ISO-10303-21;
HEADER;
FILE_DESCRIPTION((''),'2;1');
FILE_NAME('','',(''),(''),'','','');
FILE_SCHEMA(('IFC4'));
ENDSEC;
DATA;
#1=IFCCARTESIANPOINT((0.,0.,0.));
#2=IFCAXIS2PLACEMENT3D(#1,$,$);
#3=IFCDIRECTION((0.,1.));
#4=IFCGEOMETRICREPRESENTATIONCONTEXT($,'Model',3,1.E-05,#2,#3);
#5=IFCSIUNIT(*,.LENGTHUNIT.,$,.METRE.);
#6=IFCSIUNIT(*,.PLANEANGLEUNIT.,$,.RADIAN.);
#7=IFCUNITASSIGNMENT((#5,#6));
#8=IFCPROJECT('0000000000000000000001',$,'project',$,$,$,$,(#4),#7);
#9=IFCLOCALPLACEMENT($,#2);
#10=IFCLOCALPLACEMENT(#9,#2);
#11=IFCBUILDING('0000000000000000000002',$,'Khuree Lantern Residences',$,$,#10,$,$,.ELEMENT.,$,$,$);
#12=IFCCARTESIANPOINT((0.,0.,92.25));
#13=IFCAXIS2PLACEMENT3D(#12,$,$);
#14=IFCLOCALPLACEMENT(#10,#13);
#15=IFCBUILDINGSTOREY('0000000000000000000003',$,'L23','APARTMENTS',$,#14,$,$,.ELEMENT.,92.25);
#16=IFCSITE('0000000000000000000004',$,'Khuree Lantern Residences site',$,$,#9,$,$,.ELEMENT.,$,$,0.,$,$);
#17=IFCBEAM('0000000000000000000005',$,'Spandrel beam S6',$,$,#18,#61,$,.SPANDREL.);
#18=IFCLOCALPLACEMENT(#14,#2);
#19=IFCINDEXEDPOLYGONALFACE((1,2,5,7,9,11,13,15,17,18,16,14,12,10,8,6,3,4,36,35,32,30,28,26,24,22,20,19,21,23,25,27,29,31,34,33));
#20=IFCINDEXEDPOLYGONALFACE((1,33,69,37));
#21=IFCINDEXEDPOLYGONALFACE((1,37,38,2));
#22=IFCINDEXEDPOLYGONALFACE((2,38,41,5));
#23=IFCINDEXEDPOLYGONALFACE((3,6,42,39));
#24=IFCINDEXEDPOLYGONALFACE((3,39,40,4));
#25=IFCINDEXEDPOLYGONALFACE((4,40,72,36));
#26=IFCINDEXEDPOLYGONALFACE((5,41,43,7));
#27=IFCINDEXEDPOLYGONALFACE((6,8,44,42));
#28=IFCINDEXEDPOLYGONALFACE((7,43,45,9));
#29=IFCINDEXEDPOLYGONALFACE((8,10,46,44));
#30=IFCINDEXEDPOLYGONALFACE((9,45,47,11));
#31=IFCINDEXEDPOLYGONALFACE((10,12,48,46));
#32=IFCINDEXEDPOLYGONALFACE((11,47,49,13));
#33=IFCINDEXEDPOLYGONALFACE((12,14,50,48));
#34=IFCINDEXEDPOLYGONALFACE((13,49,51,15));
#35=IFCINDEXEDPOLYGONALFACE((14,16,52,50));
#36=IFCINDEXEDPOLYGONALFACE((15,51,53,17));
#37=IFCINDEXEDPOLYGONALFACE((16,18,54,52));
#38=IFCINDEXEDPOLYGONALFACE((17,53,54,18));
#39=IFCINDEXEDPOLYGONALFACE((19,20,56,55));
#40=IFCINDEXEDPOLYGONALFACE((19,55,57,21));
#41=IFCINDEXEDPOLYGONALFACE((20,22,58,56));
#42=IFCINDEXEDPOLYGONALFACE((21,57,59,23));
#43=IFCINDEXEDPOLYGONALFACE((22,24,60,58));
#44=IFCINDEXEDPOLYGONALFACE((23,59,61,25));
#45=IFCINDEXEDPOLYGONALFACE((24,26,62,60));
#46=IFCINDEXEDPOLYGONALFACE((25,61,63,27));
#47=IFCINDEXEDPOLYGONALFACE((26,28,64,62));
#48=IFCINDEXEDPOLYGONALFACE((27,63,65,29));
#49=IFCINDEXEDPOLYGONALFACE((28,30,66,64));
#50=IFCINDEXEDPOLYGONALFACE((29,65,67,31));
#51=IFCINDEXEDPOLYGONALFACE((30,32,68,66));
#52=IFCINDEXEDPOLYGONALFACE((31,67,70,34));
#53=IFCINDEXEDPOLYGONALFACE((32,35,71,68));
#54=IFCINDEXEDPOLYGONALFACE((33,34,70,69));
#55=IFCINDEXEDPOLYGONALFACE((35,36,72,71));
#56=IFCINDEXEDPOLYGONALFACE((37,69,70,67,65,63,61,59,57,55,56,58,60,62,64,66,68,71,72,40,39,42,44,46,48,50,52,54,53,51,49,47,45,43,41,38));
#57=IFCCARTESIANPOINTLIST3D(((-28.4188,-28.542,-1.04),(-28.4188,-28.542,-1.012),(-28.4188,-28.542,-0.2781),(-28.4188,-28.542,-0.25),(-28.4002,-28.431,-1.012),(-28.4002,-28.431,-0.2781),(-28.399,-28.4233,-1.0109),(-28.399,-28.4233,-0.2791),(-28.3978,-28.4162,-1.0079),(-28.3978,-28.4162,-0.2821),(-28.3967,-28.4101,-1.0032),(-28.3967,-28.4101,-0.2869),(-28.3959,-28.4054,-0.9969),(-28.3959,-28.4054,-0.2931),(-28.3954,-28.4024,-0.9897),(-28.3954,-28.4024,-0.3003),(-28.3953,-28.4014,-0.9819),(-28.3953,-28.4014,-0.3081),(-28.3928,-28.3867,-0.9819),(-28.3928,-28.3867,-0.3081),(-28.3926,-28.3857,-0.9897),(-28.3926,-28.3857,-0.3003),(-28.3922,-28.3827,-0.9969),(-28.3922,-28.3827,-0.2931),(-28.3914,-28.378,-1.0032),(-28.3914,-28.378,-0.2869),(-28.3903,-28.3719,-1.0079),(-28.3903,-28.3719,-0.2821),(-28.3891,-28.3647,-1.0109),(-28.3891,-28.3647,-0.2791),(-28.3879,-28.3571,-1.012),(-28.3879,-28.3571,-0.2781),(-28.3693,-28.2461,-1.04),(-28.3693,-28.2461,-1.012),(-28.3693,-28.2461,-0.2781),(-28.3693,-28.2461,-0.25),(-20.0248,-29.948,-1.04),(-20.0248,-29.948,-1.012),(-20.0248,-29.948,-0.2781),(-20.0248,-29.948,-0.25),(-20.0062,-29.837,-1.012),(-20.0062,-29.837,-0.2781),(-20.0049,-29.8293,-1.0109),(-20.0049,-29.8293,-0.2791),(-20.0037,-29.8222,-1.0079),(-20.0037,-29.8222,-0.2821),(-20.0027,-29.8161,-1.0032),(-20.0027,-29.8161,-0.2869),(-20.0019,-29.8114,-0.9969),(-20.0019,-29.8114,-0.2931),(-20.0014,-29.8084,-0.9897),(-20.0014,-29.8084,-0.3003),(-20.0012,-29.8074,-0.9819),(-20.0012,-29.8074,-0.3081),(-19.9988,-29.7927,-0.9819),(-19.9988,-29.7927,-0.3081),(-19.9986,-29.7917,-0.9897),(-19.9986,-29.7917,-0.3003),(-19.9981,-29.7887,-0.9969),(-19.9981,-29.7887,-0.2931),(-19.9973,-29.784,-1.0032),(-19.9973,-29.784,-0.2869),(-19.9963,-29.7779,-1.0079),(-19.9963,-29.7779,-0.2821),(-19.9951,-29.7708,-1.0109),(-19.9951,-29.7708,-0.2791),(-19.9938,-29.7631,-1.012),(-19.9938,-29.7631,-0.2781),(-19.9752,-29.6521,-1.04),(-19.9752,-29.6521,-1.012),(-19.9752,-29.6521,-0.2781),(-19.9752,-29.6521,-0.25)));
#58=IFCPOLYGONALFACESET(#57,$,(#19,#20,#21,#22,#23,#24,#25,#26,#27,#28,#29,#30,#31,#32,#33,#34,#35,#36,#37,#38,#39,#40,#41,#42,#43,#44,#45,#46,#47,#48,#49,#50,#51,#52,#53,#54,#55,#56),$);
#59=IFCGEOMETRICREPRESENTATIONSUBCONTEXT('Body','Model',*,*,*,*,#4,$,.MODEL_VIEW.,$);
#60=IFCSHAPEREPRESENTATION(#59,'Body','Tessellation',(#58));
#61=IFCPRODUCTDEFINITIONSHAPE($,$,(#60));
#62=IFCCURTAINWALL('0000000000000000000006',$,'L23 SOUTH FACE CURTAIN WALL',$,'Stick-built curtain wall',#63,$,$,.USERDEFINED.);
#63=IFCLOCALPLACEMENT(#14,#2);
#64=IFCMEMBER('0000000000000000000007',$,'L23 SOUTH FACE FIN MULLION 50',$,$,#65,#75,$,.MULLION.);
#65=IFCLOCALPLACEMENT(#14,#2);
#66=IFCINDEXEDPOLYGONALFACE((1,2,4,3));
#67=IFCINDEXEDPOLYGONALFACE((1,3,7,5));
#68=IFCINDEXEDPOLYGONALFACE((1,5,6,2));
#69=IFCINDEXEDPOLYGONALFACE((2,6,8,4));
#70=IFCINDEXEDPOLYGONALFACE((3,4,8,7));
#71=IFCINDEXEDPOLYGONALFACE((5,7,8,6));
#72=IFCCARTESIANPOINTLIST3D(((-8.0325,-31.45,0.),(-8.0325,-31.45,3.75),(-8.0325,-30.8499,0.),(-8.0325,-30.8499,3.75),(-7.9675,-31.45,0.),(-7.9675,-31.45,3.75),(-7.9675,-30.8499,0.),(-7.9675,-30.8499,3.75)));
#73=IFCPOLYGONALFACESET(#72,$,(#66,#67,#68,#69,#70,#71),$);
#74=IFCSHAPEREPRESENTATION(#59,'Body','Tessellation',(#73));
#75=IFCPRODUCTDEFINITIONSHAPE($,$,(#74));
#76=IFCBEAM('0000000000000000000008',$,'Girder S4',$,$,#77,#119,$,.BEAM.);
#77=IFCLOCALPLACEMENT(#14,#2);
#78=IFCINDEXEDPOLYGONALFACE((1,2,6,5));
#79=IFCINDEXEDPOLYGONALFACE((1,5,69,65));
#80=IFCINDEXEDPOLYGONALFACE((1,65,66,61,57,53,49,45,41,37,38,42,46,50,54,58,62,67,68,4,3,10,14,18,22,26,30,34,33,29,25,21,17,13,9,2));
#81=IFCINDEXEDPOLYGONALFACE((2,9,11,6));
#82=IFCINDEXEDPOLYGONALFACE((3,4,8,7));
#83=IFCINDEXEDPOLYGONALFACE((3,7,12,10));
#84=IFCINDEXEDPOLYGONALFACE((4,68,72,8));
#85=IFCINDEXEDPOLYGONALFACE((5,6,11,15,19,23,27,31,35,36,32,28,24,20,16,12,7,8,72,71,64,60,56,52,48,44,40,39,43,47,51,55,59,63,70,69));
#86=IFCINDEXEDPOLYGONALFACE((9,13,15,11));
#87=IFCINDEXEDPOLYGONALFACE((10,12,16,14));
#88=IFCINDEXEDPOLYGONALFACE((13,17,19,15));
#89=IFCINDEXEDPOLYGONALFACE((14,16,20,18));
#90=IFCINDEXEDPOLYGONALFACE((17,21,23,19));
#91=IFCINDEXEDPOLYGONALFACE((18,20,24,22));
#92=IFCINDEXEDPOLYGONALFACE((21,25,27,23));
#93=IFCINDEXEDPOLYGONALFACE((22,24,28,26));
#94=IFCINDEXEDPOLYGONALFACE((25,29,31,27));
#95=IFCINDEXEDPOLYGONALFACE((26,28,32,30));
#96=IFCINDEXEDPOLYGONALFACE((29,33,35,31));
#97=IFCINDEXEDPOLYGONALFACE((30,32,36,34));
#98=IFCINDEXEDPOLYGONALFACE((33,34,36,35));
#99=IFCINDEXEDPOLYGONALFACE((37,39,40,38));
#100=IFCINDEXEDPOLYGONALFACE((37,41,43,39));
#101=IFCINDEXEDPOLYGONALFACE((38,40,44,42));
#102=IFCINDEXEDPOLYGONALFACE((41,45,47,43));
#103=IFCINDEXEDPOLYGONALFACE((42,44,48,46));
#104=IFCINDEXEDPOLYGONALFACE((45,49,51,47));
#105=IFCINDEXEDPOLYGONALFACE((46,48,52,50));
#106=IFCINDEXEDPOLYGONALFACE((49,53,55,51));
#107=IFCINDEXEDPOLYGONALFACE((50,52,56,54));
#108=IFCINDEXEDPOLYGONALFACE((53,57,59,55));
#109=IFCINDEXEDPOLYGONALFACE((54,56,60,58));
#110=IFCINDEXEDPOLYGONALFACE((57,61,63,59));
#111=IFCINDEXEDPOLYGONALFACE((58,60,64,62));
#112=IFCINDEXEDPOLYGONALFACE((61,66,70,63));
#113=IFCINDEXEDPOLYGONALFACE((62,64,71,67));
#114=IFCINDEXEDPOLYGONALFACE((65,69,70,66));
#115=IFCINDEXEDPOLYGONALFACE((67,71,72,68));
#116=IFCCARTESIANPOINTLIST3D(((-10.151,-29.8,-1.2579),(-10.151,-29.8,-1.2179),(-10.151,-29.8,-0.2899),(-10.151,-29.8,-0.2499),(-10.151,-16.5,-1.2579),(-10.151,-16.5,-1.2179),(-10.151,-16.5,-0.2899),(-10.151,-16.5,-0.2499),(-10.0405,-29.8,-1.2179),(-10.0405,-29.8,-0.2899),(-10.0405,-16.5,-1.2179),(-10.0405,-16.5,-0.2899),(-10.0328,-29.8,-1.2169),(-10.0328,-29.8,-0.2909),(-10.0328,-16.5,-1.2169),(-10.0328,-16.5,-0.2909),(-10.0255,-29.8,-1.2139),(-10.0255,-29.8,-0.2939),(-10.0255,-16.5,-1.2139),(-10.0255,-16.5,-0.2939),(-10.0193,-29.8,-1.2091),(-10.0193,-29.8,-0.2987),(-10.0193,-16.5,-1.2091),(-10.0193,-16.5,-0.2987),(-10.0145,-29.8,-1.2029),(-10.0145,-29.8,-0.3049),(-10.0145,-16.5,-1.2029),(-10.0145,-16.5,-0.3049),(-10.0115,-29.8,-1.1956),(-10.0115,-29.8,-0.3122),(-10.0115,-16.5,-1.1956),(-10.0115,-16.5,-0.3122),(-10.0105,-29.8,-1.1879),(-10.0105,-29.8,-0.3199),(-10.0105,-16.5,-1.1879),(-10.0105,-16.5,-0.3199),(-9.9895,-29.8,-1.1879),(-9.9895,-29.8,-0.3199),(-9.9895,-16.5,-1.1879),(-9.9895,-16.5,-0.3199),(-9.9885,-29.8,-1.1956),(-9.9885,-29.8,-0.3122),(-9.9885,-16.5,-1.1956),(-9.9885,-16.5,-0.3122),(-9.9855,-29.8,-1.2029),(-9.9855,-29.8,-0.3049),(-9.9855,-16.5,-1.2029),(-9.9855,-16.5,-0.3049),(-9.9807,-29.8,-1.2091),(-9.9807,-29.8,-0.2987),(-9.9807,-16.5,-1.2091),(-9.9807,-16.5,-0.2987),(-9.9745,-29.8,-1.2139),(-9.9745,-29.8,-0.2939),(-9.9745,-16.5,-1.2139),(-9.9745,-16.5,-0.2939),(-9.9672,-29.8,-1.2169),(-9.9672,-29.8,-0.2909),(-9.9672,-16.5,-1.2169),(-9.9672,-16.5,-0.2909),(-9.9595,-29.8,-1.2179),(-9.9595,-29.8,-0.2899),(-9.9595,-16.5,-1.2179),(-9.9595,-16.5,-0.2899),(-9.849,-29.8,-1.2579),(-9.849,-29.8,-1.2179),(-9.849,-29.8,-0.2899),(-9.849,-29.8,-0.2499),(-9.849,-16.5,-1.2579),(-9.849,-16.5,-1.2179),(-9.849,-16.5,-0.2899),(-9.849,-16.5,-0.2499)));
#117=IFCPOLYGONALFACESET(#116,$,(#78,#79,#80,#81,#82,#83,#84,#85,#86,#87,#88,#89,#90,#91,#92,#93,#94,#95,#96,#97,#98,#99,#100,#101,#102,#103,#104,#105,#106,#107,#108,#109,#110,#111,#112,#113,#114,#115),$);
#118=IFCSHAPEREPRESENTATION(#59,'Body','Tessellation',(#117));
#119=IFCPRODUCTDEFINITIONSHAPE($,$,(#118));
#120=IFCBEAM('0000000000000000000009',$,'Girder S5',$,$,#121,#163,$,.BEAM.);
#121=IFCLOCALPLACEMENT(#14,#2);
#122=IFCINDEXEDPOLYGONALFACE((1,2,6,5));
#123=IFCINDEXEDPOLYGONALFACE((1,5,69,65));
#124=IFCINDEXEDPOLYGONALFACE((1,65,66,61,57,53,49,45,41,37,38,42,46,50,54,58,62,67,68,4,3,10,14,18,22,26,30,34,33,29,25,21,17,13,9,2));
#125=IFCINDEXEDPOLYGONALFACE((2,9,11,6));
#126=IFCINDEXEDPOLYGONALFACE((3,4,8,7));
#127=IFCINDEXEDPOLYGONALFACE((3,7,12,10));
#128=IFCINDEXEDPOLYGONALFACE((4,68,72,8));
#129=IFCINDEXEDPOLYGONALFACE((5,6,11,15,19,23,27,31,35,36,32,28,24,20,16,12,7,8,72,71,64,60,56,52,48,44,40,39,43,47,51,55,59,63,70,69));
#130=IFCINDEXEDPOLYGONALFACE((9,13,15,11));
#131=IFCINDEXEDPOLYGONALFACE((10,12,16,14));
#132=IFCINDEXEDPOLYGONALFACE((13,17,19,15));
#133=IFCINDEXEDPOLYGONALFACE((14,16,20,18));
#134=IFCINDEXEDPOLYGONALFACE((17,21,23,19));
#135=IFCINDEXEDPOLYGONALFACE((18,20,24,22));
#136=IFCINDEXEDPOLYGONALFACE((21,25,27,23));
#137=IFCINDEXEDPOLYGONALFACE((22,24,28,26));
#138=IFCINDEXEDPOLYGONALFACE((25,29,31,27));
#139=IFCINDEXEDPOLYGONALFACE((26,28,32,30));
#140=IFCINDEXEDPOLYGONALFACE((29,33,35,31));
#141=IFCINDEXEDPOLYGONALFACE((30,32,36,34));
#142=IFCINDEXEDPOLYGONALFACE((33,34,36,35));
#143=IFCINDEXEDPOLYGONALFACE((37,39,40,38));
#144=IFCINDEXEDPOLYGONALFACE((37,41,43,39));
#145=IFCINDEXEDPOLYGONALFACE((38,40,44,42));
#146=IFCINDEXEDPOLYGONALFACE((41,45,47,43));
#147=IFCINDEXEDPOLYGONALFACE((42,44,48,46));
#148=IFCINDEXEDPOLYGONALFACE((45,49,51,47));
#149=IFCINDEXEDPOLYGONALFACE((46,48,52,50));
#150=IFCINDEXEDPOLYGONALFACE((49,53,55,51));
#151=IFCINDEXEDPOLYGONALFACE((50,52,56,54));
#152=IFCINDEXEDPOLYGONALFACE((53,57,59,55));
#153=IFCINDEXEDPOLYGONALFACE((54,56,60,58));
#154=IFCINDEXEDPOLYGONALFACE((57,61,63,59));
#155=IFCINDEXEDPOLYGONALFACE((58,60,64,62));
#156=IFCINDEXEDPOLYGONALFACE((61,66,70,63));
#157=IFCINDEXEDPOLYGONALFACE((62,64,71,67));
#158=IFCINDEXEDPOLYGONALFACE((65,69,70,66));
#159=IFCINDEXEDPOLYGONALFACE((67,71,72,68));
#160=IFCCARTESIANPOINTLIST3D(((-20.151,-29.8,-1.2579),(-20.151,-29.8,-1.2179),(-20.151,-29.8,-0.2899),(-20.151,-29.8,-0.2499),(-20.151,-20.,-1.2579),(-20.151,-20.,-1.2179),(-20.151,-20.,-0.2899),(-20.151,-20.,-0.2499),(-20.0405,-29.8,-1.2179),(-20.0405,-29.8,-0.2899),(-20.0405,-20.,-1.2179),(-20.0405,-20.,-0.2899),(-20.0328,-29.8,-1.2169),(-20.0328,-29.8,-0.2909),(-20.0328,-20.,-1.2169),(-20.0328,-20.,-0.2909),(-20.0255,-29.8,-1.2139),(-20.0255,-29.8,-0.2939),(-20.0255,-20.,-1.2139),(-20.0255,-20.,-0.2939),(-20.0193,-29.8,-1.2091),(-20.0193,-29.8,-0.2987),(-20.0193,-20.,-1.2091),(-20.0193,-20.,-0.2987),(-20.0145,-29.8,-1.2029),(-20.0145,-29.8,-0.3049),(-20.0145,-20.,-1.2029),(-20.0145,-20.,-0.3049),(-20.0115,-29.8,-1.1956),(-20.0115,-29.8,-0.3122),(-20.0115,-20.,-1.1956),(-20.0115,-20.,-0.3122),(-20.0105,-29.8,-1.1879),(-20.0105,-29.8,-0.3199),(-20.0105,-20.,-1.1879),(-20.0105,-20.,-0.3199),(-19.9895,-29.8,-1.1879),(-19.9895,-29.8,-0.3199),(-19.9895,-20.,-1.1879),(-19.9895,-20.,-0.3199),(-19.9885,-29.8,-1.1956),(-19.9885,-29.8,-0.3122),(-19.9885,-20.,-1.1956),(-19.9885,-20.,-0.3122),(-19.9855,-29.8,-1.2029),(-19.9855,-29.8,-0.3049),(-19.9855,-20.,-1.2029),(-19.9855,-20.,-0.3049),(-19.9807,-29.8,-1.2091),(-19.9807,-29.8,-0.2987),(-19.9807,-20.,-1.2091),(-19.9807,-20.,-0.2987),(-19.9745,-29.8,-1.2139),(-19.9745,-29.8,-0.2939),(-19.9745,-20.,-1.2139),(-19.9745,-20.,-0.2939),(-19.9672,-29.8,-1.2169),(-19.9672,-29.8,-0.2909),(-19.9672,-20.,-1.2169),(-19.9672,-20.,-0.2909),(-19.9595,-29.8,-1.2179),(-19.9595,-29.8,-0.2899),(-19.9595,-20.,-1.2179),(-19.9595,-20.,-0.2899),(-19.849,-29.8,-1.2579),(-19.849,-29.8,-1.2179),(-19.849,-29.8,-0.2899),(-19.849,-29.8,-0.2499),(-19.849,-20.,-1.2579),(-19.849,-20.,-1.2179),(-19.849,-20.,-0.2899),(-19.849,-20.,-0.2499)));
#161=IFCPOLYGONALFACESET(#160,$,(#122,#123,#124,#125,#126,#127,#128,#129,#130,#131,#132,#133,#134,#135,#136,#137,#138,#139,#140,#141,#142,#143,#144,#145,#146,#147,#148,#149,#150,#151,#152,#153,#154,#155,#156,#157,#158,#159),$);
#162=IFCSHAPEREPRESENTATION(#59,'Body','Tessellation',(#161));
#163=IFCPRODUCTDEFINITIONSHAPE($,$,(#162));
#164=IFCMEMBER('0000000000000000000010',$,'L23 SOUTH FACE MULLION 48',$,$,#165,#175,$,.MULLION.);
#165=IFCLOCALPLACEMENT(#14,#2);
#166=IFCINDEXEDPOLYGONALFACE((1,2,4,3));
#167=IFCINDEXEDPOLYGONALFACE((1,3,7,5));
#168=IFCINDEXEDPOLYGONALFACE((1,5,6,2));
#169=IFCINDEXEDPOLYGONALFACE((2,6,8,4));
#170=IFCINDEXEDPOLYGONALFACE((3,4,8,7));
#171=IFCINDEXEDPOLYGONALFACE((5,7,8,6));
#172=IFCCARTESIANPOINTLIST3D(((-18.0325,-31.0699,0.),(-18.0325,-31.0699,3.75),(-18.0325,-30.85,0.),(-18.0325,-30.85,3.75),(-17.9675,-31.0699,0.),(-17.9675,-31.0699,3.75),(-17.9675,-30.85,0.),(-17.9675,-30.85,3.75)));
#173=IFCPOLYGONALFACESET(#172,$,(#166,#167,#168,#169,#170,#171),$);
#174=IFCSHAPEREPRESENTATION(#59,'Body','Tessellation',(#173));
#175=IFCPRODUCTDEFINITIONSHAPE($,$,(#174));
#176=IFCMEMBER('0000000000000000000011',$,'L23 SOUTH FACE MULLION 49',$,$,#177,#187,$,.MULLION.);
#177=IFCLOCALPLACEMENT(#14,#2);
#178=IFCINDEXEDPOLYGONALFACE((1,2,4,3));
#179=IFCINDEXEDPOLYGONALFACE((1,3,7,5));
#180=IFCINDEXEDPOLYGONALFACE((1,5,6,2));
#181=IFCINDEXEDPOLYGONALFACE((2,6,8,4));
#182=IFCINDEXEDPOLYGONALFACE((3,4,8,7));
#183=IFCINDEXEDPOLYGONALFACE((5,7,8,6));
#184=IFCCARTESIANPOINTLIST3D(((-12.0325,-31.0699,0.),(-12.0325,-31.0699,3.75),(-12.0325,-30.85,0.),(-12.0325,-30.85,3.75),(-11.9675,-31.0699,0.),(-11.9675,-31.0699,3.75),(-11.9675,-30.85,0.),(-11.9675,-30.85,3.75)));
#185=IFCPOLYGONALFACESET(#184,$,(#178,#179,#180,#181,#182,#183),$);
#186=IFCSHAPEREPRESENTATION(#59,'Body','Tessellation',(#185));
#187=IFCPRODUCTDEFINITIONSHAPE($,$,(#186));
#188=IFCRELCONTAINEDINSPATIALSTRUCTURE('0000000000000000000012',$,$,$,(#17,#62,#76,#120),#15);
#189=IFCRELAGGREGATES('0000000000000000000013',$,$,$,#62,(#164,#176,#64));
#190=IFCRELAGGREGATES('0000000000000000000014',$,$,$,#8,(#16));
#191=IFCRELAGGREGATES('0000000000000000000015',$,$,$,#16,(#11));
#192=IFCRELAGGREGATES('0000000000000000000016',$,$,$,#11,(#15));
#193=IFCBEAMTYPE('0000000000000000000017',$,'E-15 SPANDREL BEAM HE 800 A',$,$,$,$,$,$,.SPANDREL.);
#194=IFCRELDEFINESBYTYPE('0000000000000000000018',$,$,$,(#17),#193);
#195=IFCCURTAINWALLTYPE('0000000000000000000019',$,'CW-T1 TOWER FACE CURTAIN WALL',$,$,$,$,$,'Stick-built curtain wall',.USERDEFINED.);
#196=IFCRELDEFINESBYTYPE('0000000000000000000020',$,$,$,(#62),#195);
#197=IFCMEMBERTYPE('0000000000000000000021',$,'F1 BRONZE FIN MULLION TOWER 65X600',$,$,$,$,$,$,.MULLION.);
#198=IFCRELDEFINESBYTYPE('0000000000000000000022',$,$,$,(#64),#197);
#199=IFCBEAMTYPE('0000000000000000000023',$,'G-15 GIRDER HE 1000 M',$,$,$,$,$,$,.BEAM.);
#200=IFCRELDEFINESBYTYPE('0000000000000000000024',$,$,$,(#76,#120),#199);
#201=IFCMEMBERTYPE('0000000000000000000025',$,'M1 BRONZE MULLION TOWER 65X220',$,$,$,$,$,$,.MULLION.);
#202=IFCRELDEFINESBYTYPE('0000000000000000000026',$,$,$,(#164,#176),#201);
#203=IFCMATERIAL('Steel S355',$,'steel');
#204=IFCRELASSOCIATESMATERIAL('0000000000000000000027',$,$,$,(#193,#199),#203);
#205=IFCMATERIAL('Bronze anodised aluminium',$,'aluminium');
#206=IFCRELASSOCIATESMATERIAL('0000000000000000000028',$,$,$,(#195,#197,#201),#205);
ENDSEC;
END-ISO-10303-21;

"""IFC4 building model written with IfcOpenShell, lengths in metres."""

from ifc_helpers import new_model, si_unit, direction, frame, origin, origin_2d, place, context, subcontext, project, spatial, rectangle, i_section, extrude, material, material_profile, profile_set, type_object, element, aggregate, save


model = new_model("IFC4")

# Units and contexts
model_context = context("Model", 3, precision=1e-05, world=origin(), true_north=direction((0.0, 1.0)))
body_context = subcontext(model_context, "Body", "Model", "MODEL_VIEW")
ifc_project = project(units=[si_unit("LENGTHUNIT", "METRE"), si_unit("PLANEANGLEUNIT", "RADIAN")], contexts=[model_context])

# Site, building, storey
site_placement = place(None, origin())
site = spatial("IfcSite", under=ifc_project, at=site_placement, Name="Khuree Lantern Residences site", CompositionType="ELEMENT", RefElevation=0.0)
building_placement = place(site_placement, origin())
building = spatial("IfcBuilding", under=site, at=building_placement, Name="Khuree Lantern Residences", CompositionType="ELEMENT")
storey_placement = place(building_placement, frame((0.0, 0.0, 92.25)))
storey = spatial("IfcBuildingStorey", under=building, at=storey_placement, Name="L23", Description="APARTMENTS", CompositionType="ELEMENT", Elevation=92.25)

# Beam
ifc_material_1 = material(Name="Steel S355", Category="steel")
ifc_material_profile_1 = material_profile(ifc_material_1, i_section(OverallWidth=0.3, OverallDepth=0.79, WebThickness=0.0149, FlangeThickness=0.0281, FilletRadius=0.03, at=origin_2d()), Name="HE 800 A")
ifc_profile_set_1 = profile_set([ifc_material_profile_1], Name="Steel S355")
beam_type_1 = type_object("IfcBeamType", Name="E-15 SPANDREL BEAM HE 800 A", PredefinedType="SPANDREL", material=ifc_profile_set_1)
beam_1_placement = place(storey_placement, frame((-20.0, -29.8, -0.645), z_axis=(-0.98626, 0.165199, 0.0), x_axis=(-0.165199, -0.98626, 0.0)))
element("IfcBeam", 1, at=beam_1_placement, inside=storey, type_object=beam_type_1, Name="Spandrel beam S6", PredefinedType="SPANDREL", context=body_context, shape_type="SweptSolid", body=[
    extrude(i_section(OverallWidth=0.3, OverallDepth=0.79, WebThickness=0.0149, FlangeThickness=0.0281, FilletRadius=0.03, at=origin_2d()), origin(), (0.0, 0.0, 1.0), 8.511),
])

# Curtain wall, member
ifc_material_2 = material(Name="Bronze anodised aluminium", Category="aluminium")
curtain_wall_type = type_object("IfcCurtainWallType", Name="CW-T1 TOWER FACE CURTAIN WALL", ElementType="Stick-built curtain wall", PredefinedType="USERDEFINED", material=ifc_material_2)
curtain_wall_placement = place(storey_placement, origin())
curtain_wall = element("IfcCurtainWall", 2, at=curtain_wall_placement, inside=storey, type_object=curtain_wall_type, Name="L23 SOUTH FACE CURTAIN WALL", ObjectType="Stick-built curtain wall", PredefinedType="USERDEFINED")
ifc_material_profile_2 = material_profile(ifc_material_2, rectangle(XDim=0.0649, YDim=0.6001, at=origin_2d()), Name="F1 65X600")
ifc_profile_set_2 = profile_set([ifc_material_profile_2], Name="Bronze anodised aluminium")
member_type_1 = type_object("IfcMemberType", Name="F1 BRONZE FIN MULLION TOWER 65X600", PredefinedType="MULLION", material=ifc_profile_set_2)
member_1_placement = place(storey_placement, frame((-8.0, -31.1499, 0.0), z_axis=(0.0, 0.0, 1.0), x_axis=(1.0, 0.0, 0.0)))
member_1 = element("IfcMember", 3, at=member_1_placement, type_object=member_type_1, Name="L23 SOUTH FACE FIN MULLION 50", PredefinedType="MULLION", context=body_context, shape_type="SweptSolid", body=[
    extrude(rectangle(XDim=0.0649, YDim=0.6001, at=origin_2d()), origin(), (0.0, 0.0, 1.0), 3.75),
])

# Beams
ifc_material_profile_3 = material_profile(ifc_material_1, i_section(OverallWidth=0.302, OverallDepth=1.0081, WebThickness=0.021, FlangeThickness=0.04, FilletRadius=0.03, at=origin_2d()), Name="HE 1000 M")
ifc_profile_set_3 = profile_set([ifc_material_profile_3], Name="Steel S355")
beam_type_2 = type_object("IfcBeamType", Name="G-15 GIRDER HE 1000 M", PredefinedType="BEAM", material=ifc_profile_set_3)
beam_2_placement = place(storey_placement, frame((-10.0, -29.8, -0.7539), z_axis=(0.0, 1.0, 0.0), x_axis=(-1.0, 0.0, 0.0)))
element("IfcBeam", 4, at=beam_2_placement, inside=storey, type_object=beam_type_2, Name="Girder S4", PredefinedType="BEAM", context=body_context, shape_type="SweptSolid", body=[
    extrude(i_section(OverallWidth=0.302, OverallDepth=1.0081, WebThickness=0.021, FlangeThickness=0.04, FilletRadius=0.03, at=origin_2d()), origin(), (0.0, 0.0, 1.0), 13.3),
])
beam_3_placement = place(storey_placement, frame((-20.0, -29.8, -0.7539), z_axis=(0.0, 1.0, 0.0), x_axis=(-1.0, 0.0, 0.0)))
element("IfcBeam", 5, at=beam_3_placement, inside=storey, type_object=beam_type_2, Name="Girder S5", PredefinedType="BEAM", context=body_context, shape_type="SweptSolid", body=[
    extrude(i_section(OverallWidth=0.302, OverallDepth=1.0081, WebThickness=0.021, FlangeThickness=0.04, FilletRadius=0.03, at=origin_2d()), origin(), (0.0, 0.0, 1.0), 9.8),
])

# Members
ifc_material_profile_4 = material_profile(ifc_material_2, rectangle(XDim=0.0649, YDim=0.22, at=origin_2d()), Name="M1 65X220")
ifc_profile_set_4 = profile_set([ifc_material_profile_4], Name="Bronze anodised aluminium")
member_type_2 = type_object("IfcMemberType", Name="M1 BRONZE MULLION TOWER 65X220", PredefinedType="MULLION", material=ifc_profile_set_4)
member_2_placement = place(storey_placement, frame((-18.0, -30.96, 0.0), z_axis=(0.0, 0.0, 1.0), x_axis=(1.0, 0.0, 0.0)))
member_2 = element("IfcMember", 6, at=member_2_placement, type_object=member_type_2, Name="L23 SOUTH FACE MULLION 48", PredefinedType="MULLION", context=body_context, shape_type="SweptSolid", body=[
    extrude(rectangle(XDim=0.0649, YDim=0.22, at=origin_2d()), origin(), (0.0, 0.0, 1.0), 3.75),
])
member_3_placement = place(storey_placement, frame((-12.0, -30.96, 0.0), z_axis=(0.0, 0.0, 1.0), x_axis=(1.0, 0.0, 0.0)))
member_3 = element("IfcMember", 7, at=member_3_placement, type_object=member_type_2, Name="L23 SOUTH FACE MULLION 49", PredefinedType="MULLION", context=body_context, shape_type="SweptSolid", body=[
    extrude(rectangle(XDim=0.0649, YDim=0.22, at=origin_2d()), origin(), (0.0, 0.0, 1.0), 3.75),
])

aggregate(curtain_wall, [member_2, member_3, member_1])

save(model, "model.ifc")
